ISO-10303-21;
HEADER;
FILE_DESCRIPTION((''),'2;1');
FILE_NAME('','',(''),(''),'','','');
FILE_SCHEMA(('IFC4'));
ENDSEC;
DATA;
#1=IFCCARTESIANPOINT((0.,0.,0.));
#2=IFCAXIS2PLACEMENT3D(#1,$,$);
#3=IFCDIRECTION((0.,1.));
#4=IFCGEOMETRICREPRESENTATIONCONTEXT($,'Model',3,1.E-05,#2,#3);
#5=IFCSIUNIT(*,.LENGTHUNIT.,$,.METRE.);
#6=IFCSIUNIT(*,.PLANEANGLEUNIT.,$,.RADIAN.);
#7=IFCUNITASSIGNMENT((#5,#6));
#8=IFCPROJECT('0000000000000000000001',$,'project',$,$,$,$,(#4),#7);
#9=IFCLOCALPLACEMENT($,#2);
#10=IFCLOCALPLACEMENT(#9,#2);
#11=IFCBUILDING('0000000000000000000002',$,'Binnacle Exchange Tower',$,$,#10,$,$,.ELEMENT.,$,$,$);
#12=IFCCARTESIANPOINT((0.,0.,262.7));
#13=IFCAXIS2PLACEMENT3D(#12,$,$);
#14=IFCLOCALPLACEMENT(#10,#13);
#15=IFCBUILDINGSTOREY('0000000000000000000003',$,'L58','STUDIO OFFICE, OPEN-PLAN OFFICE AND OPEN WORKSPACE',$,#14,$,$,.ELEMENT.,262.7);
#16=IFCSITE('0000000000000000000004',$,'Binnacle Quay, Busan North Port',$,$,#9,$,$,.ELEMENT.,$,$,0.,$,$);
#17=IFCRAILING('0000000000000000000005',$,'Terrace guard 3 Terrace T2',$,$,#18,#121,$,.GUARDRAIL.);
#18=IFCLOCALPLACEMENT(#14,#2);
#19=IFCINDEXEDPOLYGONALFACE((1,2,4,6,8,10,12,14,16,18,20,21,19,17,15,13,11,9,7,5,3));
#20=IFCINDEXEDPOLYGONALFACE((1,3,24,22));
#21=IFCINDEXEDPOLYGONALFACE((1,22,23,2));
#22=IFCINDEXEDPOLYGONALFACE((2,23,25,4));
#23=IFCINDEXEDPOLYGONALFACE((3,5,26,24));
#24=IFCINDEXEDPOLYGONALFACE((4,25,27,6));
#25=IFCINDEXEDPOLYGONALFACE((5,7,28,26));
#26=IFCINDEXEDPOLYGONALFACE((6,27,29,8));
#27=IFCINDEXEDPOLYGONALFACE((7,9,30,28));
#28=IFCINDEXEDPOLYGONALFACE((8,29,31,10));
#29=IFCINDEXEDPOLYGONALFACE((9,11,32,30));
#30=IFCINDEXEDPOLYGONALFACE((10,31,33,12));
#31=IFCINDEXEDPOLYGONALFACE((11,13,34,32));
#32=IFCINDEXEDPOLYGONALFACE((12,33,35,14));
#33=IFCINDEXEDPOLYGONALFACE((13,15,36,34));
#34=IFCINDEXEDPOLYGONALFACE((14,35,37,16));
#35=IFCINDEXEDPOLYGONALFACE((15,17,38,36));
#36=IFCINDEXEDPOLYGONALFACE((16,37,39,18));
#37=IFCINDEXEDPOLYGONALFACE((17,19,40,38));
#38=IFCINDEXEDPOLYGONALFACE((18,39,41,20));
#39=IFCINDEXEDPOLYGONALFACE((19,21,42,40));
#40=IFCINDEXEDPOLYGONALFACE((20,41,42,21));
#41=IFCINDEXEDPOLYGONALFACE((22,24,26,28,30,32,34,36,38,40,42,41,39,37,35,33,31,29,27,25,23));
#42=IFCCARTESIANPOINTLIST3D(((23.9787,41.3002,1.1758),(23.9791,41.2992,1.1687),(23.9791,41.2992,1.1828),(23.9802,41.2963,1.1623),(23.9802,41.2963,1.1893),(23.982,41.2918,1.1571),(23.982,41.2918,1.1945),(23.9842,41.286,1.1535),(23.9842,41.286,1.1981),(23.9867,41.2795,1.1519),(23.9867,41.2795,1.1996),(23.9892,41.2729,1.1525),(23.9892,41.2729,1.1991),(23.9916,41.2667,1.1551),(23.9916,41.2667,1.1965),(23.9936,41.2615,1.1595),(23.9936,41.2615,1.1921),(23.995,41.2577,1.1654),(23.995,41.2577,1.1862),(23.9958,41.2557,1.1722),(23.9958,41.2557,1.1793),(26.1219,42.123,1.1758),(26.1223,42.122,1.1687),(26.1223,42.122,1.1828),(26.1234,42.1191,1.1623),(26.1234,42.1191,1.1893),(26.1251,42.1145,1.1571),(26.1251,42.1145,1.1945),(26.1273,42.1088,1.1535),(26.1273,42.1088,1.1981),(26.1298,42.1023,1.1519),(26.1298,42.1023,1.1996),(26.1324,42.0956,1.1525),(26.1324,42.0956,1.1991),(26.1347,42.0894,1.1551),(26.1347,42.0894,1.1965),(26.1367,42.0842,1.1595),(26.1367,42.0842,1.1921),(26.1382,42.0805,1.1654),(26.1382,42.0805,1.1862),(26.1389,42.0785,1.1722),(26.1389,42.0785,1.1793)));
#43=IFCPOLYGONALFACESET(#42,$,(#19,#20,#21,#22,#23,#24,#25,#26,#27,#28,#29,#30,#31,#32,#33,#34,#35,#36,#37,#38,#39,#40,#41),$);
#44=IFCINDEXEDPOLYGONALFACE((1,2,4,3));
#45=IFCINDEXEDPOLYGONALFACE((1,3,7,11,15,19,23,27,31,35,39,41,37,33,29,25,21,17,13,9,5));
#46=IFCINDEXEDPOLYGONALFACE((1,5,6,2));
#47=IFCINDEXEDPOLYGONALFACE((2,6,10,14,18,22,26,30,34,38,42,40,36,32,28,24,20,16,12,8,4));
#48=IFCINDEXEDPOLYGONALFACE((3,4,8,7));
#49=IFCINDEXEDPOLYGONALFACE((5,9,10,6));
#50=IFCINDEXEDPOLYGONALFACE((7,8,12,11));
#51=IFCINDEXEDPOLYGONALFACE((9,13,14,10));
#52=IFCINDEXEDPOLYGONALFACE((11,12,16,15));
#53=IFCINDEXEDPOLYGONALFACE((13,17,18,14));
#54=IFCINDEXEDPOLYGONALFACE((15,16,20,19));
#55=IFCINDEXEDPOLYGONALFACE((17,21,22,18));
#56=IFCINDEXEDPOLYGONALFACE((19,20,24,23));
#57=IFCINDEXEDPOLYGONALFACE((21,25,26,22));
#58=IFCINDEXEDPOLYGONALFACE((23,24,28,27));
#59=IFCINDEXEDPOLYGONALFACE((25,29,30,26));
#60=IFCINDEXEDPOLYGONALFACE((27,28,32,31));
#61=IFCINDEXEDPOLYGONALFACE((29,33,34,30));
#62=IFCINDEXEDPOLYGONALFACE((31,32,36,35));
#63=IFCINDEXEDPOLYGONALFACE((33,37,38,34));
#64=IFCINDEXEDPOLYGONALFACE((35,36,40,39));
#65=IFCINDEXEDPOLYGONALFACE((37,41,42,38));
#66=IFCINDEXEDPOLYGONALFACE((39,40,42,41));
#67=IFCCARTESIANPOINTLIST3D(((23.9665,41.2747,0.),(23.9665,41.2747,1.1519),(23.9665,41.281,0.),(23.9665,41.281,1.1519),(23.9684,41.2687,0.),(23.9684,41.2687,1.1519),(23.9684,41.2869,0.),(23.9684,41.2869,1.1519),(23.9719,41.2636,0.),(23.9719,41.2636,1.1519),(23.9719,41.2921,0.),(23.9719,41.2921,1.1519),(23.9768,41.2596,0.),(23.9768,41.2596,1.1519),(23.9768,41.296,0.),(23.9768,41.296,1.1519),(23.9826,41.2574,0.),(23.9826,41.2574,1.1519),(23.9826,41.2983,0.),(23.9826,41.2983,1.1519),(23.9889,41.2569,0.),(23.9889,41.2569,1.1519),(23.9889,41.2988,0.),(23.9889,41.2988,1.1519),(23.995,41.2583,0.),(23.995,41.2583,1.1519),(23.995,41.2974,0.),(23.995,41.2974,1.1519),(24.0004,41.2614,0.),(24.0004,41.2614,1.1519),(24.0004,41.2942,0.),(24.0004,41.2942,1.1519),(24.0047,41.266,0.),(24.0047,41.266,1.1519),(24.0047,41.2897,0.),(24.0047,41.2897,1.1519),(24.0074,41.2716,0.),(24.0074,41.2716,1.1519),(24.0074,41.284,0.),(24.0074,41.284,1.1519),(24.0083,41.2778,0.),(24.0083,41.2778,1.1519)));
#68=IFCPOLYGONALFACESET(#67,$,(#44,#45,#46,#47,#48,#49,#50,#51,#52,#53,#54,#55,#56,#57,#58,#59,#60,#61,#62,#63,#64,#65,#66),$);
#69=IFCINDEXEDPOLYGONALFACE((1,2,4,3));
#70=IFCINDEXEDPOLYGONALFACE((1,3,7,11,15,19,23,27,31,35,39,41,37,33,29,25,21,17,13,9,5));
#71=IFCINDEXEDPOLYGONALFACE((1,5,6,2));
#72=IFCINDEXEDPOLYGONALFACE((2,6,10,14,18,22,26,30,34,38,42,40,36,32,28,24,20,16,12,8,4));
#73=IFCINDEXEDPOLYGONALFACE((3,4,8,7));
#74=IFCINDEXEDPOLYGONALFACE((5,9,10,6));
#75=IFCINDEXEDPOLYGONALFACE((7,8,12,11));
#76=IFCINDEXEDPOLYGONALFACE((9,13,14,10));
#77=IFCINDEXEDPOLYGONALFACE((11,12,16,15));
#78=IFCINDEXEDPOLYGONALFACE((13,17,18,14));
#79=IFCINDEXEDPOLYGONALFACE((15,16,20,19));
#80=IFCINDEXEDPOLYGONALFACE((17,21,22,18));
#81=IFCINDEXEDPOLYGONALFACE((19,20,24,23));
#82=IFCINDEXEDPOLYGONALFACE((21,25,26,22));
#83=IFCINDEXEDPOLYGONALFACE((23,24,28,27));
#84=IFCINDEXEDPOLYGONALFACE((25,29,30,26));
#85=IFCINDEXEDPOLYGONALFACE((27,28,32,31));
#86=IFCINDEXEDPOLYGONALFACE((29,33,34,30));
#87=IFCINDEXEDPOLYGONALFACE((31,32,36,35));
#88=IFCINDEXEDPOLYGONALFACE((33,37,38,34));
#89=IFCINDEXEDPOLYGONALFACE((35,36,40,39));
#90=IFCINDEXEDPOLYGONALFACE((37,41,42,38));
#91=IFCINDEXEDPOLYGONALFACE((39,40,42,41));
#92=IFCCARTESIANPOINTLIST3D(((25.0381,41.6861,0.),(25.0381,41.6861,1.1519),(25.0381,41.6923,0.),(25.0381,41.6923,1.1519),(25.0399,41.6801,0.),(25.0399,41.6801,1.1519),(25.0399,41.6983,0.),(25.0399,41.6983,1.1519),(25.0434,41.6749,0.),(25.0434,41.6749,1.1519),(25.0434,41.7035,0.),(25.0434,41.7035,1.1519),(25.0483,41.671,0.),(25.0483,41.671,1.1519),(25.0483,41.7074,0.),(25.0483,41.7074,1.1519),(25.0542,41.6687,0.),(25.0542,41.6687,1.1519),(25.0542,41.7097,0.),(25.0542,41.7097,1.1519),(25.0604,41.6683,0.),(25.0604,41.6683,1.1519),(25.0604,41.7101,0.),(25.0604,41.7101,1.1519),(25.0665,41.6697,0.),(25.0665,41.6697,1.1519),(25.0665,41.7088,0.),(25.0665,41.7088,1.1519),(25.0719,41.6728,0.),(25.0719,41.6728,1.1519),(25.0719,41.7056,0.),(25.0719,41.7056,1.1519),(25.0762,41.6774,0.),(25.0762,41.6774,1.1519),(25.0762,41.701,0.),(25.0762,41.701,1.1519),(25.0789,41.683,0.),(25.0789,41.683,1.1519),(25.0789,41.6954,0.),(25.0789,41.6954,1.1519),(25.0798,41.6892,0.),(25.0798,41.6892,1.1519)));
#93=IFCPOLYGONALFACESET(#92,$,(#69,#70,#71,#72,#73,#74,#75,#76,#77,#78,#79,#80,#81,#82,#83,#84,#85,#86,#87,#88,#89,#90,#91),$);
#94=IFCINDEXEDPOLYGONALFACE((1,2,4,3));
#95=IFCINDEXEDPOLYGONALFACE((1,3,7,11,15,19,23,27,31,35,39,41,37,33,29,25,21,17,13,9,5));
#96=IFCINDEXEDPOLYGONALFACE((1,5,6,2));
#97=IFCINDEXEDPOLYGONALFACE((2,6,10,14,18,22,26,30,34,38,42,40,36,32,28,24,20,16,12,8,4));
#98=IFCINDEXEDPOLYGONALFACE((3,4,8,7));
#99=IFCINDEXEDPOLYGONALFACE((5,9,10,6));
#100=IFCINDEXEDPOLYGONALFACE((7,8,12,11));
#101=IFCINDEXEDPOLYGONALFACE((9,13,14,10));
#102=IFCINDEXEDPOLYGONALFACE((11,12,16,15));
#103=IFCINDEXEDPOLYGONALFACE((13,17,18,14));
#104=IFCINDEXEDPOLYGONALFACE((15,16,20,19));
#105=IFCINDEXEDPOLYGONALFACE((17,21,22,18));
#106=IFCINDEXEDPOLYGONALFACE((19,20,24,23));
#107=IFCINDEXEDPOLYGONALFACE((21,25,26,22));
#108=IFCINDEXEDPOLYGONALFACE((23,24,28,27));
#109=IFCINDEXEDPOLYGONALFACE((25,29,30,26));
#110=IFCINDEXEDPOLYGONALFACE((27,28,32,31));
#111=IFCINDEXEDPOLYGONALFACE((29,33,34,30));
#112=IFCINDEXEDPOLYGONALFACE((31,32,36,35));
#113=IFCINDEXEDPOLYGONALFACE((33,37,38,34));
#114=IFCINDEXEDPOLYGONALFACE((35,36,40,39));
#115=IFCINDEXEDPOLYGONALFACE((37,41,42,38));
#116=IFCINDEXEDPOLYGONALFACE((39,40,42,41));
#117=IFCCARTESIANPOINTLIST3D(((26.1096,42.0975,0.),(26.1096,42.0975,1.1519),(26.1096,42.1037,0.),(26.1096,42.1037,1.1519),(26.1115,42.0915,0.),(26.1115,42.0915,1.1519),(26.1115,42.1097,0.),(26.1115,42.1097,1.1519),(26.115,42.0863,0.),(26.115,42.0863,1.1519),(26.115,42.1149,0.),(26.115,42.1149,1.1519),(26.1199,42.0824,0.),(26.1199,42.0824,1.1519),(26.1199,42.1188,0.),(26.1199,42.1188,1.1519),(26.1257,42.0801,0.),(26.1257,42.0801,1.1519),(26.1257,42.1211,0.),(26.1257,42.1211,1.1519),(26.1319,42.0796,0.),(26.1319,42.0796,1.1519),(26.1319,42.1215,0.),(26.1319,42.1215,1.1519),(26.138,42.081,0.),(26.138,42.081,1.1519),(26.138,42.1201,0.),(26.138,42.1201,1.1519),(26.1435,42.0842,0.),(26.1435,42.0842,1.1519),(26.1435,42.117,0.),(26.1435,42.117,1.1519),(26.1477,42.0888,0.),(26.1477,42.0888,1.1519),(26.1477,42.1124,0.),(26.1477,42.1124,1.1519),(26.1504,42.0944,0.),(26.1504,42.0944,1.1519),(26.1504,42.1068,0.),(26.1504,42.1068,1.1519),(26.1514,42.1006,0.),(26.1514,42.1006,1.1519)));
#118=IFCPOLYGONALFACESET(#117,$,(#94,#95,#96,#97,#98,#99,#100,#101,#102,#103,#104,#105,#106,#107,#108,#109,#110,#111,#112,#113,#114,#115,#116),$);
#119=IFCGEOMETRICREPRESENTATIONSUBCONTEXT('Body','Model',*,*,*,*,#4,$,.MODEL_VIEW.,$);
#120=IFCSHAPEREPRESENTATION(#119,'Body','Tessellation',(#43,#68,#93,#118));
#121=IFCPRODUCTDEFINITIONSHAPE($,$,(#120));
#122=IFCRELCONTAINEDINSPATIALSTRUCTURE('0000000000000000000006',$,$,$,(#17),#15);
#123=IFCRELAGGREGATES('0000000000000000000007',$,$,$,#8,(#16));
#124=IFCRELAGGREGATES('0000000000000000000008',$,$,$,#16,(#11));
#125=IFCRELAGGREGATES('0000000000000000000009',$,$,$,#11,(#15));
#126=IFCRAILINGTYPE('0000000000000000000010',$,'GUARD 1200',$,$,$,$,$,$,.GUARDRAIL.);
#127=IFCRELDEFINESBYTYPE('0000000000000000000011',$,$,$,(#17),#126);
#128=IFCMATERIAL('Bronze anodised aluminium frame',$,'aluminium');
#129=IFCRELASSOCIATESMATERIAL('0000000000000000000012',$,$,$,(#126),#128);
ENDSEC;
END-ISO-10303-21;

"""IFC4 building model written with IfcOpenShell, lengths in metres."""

from ifc_helpers import new_model, si_unit, direction, frame, origin, origin_2d, place, context, subcontext, project, spatial, circle, extrude, material, type_object, element, save


model = new_model("IFC4")

# Units and contexts
model_context = context("Model", 3, precision=1e-05, world=origin(), true_north=direction((0.0, 1.0)))
body_context = subcontext(model_context, "Body", "Model", "MODEL_VIEW")
ifc_project = project(units=[si_unit("LENGTHUNIT", "METRE"), si_unit("PLANEANGLEUNIT", "RADIAN")], contexts=[model_context])

# Site, building, storey
site_placement = place(None, origin())
site = spatial("IfcSite", under=ifc_project, at=site_placement, Name="Binnacle Quay, Busan North Port", CompositionType="ELEMENT", RefElevation=0.0)
building_placement = place(site_placement, origin())
building = spatial("IfcBuilding", under=site, at=building_placement, Name="Binnacle Exchange Tower", CompositionType="ELEMENT")
storey_placement = place(building_placement, frame((0.0, 0.0, 262.7)))
storey = spatial("IfcBuildingStorey", under=building, at=storey_placement, Name="L58", Description="STUDIO OFFICE, OPEN-PLAN OFFICE AND OPEN WORKSPACE", CompositionType="ELEMENT", Elevation=262.7)

# Shared definitions
ifc_material_1 = material(Name="Bronze anodised aluminium frame", Category="aluminium")

# Railing
railing_type = type_object("IfcRailingType", Name="GUARD 1200", PredefinedType="GUARDRAIL", material=ifc_material_1)
railing_1_placement = place(storey_placement, frame((23.9873, 41.2778, 0.0)))
element("IfcRailing", 1, at=railing_1_placement, inside=storey, type_object=railing_type, Name="Terrace guard 3 Terrace T2", PredefinedType="GUARDRAIL", context=body_context, shape_type="SweptSolid", body=[
    extrude(circle(Radius=0.0239, at=origin_2d()), frame((0.0, 0.0, 1.1758), z_axis=(0.933565, 0.358409, 0.0), x_axis=(-0.358409, 0.933565, 0.0)), (0.0, 0.0, 1.0), 2.2957),
    extrude(circle(Radius=0.021, at=origin_2d()), origin(), (0.0, 0.0, 1.0), 1.1519),
    extrude(circle(Radius=0.021, at=origin_2d()), frame((1.0715, 0.4114, 0.0)), (0.0, 0.0, 1.0), 1.1519),
    extrude(circle(Radius=0.021, at=origin_2d()), frame((2.1431, 0.8228, 0.0)), (0.0, 0.0, 1.0), 1.1519),
])

save(model, "model.ifc")
